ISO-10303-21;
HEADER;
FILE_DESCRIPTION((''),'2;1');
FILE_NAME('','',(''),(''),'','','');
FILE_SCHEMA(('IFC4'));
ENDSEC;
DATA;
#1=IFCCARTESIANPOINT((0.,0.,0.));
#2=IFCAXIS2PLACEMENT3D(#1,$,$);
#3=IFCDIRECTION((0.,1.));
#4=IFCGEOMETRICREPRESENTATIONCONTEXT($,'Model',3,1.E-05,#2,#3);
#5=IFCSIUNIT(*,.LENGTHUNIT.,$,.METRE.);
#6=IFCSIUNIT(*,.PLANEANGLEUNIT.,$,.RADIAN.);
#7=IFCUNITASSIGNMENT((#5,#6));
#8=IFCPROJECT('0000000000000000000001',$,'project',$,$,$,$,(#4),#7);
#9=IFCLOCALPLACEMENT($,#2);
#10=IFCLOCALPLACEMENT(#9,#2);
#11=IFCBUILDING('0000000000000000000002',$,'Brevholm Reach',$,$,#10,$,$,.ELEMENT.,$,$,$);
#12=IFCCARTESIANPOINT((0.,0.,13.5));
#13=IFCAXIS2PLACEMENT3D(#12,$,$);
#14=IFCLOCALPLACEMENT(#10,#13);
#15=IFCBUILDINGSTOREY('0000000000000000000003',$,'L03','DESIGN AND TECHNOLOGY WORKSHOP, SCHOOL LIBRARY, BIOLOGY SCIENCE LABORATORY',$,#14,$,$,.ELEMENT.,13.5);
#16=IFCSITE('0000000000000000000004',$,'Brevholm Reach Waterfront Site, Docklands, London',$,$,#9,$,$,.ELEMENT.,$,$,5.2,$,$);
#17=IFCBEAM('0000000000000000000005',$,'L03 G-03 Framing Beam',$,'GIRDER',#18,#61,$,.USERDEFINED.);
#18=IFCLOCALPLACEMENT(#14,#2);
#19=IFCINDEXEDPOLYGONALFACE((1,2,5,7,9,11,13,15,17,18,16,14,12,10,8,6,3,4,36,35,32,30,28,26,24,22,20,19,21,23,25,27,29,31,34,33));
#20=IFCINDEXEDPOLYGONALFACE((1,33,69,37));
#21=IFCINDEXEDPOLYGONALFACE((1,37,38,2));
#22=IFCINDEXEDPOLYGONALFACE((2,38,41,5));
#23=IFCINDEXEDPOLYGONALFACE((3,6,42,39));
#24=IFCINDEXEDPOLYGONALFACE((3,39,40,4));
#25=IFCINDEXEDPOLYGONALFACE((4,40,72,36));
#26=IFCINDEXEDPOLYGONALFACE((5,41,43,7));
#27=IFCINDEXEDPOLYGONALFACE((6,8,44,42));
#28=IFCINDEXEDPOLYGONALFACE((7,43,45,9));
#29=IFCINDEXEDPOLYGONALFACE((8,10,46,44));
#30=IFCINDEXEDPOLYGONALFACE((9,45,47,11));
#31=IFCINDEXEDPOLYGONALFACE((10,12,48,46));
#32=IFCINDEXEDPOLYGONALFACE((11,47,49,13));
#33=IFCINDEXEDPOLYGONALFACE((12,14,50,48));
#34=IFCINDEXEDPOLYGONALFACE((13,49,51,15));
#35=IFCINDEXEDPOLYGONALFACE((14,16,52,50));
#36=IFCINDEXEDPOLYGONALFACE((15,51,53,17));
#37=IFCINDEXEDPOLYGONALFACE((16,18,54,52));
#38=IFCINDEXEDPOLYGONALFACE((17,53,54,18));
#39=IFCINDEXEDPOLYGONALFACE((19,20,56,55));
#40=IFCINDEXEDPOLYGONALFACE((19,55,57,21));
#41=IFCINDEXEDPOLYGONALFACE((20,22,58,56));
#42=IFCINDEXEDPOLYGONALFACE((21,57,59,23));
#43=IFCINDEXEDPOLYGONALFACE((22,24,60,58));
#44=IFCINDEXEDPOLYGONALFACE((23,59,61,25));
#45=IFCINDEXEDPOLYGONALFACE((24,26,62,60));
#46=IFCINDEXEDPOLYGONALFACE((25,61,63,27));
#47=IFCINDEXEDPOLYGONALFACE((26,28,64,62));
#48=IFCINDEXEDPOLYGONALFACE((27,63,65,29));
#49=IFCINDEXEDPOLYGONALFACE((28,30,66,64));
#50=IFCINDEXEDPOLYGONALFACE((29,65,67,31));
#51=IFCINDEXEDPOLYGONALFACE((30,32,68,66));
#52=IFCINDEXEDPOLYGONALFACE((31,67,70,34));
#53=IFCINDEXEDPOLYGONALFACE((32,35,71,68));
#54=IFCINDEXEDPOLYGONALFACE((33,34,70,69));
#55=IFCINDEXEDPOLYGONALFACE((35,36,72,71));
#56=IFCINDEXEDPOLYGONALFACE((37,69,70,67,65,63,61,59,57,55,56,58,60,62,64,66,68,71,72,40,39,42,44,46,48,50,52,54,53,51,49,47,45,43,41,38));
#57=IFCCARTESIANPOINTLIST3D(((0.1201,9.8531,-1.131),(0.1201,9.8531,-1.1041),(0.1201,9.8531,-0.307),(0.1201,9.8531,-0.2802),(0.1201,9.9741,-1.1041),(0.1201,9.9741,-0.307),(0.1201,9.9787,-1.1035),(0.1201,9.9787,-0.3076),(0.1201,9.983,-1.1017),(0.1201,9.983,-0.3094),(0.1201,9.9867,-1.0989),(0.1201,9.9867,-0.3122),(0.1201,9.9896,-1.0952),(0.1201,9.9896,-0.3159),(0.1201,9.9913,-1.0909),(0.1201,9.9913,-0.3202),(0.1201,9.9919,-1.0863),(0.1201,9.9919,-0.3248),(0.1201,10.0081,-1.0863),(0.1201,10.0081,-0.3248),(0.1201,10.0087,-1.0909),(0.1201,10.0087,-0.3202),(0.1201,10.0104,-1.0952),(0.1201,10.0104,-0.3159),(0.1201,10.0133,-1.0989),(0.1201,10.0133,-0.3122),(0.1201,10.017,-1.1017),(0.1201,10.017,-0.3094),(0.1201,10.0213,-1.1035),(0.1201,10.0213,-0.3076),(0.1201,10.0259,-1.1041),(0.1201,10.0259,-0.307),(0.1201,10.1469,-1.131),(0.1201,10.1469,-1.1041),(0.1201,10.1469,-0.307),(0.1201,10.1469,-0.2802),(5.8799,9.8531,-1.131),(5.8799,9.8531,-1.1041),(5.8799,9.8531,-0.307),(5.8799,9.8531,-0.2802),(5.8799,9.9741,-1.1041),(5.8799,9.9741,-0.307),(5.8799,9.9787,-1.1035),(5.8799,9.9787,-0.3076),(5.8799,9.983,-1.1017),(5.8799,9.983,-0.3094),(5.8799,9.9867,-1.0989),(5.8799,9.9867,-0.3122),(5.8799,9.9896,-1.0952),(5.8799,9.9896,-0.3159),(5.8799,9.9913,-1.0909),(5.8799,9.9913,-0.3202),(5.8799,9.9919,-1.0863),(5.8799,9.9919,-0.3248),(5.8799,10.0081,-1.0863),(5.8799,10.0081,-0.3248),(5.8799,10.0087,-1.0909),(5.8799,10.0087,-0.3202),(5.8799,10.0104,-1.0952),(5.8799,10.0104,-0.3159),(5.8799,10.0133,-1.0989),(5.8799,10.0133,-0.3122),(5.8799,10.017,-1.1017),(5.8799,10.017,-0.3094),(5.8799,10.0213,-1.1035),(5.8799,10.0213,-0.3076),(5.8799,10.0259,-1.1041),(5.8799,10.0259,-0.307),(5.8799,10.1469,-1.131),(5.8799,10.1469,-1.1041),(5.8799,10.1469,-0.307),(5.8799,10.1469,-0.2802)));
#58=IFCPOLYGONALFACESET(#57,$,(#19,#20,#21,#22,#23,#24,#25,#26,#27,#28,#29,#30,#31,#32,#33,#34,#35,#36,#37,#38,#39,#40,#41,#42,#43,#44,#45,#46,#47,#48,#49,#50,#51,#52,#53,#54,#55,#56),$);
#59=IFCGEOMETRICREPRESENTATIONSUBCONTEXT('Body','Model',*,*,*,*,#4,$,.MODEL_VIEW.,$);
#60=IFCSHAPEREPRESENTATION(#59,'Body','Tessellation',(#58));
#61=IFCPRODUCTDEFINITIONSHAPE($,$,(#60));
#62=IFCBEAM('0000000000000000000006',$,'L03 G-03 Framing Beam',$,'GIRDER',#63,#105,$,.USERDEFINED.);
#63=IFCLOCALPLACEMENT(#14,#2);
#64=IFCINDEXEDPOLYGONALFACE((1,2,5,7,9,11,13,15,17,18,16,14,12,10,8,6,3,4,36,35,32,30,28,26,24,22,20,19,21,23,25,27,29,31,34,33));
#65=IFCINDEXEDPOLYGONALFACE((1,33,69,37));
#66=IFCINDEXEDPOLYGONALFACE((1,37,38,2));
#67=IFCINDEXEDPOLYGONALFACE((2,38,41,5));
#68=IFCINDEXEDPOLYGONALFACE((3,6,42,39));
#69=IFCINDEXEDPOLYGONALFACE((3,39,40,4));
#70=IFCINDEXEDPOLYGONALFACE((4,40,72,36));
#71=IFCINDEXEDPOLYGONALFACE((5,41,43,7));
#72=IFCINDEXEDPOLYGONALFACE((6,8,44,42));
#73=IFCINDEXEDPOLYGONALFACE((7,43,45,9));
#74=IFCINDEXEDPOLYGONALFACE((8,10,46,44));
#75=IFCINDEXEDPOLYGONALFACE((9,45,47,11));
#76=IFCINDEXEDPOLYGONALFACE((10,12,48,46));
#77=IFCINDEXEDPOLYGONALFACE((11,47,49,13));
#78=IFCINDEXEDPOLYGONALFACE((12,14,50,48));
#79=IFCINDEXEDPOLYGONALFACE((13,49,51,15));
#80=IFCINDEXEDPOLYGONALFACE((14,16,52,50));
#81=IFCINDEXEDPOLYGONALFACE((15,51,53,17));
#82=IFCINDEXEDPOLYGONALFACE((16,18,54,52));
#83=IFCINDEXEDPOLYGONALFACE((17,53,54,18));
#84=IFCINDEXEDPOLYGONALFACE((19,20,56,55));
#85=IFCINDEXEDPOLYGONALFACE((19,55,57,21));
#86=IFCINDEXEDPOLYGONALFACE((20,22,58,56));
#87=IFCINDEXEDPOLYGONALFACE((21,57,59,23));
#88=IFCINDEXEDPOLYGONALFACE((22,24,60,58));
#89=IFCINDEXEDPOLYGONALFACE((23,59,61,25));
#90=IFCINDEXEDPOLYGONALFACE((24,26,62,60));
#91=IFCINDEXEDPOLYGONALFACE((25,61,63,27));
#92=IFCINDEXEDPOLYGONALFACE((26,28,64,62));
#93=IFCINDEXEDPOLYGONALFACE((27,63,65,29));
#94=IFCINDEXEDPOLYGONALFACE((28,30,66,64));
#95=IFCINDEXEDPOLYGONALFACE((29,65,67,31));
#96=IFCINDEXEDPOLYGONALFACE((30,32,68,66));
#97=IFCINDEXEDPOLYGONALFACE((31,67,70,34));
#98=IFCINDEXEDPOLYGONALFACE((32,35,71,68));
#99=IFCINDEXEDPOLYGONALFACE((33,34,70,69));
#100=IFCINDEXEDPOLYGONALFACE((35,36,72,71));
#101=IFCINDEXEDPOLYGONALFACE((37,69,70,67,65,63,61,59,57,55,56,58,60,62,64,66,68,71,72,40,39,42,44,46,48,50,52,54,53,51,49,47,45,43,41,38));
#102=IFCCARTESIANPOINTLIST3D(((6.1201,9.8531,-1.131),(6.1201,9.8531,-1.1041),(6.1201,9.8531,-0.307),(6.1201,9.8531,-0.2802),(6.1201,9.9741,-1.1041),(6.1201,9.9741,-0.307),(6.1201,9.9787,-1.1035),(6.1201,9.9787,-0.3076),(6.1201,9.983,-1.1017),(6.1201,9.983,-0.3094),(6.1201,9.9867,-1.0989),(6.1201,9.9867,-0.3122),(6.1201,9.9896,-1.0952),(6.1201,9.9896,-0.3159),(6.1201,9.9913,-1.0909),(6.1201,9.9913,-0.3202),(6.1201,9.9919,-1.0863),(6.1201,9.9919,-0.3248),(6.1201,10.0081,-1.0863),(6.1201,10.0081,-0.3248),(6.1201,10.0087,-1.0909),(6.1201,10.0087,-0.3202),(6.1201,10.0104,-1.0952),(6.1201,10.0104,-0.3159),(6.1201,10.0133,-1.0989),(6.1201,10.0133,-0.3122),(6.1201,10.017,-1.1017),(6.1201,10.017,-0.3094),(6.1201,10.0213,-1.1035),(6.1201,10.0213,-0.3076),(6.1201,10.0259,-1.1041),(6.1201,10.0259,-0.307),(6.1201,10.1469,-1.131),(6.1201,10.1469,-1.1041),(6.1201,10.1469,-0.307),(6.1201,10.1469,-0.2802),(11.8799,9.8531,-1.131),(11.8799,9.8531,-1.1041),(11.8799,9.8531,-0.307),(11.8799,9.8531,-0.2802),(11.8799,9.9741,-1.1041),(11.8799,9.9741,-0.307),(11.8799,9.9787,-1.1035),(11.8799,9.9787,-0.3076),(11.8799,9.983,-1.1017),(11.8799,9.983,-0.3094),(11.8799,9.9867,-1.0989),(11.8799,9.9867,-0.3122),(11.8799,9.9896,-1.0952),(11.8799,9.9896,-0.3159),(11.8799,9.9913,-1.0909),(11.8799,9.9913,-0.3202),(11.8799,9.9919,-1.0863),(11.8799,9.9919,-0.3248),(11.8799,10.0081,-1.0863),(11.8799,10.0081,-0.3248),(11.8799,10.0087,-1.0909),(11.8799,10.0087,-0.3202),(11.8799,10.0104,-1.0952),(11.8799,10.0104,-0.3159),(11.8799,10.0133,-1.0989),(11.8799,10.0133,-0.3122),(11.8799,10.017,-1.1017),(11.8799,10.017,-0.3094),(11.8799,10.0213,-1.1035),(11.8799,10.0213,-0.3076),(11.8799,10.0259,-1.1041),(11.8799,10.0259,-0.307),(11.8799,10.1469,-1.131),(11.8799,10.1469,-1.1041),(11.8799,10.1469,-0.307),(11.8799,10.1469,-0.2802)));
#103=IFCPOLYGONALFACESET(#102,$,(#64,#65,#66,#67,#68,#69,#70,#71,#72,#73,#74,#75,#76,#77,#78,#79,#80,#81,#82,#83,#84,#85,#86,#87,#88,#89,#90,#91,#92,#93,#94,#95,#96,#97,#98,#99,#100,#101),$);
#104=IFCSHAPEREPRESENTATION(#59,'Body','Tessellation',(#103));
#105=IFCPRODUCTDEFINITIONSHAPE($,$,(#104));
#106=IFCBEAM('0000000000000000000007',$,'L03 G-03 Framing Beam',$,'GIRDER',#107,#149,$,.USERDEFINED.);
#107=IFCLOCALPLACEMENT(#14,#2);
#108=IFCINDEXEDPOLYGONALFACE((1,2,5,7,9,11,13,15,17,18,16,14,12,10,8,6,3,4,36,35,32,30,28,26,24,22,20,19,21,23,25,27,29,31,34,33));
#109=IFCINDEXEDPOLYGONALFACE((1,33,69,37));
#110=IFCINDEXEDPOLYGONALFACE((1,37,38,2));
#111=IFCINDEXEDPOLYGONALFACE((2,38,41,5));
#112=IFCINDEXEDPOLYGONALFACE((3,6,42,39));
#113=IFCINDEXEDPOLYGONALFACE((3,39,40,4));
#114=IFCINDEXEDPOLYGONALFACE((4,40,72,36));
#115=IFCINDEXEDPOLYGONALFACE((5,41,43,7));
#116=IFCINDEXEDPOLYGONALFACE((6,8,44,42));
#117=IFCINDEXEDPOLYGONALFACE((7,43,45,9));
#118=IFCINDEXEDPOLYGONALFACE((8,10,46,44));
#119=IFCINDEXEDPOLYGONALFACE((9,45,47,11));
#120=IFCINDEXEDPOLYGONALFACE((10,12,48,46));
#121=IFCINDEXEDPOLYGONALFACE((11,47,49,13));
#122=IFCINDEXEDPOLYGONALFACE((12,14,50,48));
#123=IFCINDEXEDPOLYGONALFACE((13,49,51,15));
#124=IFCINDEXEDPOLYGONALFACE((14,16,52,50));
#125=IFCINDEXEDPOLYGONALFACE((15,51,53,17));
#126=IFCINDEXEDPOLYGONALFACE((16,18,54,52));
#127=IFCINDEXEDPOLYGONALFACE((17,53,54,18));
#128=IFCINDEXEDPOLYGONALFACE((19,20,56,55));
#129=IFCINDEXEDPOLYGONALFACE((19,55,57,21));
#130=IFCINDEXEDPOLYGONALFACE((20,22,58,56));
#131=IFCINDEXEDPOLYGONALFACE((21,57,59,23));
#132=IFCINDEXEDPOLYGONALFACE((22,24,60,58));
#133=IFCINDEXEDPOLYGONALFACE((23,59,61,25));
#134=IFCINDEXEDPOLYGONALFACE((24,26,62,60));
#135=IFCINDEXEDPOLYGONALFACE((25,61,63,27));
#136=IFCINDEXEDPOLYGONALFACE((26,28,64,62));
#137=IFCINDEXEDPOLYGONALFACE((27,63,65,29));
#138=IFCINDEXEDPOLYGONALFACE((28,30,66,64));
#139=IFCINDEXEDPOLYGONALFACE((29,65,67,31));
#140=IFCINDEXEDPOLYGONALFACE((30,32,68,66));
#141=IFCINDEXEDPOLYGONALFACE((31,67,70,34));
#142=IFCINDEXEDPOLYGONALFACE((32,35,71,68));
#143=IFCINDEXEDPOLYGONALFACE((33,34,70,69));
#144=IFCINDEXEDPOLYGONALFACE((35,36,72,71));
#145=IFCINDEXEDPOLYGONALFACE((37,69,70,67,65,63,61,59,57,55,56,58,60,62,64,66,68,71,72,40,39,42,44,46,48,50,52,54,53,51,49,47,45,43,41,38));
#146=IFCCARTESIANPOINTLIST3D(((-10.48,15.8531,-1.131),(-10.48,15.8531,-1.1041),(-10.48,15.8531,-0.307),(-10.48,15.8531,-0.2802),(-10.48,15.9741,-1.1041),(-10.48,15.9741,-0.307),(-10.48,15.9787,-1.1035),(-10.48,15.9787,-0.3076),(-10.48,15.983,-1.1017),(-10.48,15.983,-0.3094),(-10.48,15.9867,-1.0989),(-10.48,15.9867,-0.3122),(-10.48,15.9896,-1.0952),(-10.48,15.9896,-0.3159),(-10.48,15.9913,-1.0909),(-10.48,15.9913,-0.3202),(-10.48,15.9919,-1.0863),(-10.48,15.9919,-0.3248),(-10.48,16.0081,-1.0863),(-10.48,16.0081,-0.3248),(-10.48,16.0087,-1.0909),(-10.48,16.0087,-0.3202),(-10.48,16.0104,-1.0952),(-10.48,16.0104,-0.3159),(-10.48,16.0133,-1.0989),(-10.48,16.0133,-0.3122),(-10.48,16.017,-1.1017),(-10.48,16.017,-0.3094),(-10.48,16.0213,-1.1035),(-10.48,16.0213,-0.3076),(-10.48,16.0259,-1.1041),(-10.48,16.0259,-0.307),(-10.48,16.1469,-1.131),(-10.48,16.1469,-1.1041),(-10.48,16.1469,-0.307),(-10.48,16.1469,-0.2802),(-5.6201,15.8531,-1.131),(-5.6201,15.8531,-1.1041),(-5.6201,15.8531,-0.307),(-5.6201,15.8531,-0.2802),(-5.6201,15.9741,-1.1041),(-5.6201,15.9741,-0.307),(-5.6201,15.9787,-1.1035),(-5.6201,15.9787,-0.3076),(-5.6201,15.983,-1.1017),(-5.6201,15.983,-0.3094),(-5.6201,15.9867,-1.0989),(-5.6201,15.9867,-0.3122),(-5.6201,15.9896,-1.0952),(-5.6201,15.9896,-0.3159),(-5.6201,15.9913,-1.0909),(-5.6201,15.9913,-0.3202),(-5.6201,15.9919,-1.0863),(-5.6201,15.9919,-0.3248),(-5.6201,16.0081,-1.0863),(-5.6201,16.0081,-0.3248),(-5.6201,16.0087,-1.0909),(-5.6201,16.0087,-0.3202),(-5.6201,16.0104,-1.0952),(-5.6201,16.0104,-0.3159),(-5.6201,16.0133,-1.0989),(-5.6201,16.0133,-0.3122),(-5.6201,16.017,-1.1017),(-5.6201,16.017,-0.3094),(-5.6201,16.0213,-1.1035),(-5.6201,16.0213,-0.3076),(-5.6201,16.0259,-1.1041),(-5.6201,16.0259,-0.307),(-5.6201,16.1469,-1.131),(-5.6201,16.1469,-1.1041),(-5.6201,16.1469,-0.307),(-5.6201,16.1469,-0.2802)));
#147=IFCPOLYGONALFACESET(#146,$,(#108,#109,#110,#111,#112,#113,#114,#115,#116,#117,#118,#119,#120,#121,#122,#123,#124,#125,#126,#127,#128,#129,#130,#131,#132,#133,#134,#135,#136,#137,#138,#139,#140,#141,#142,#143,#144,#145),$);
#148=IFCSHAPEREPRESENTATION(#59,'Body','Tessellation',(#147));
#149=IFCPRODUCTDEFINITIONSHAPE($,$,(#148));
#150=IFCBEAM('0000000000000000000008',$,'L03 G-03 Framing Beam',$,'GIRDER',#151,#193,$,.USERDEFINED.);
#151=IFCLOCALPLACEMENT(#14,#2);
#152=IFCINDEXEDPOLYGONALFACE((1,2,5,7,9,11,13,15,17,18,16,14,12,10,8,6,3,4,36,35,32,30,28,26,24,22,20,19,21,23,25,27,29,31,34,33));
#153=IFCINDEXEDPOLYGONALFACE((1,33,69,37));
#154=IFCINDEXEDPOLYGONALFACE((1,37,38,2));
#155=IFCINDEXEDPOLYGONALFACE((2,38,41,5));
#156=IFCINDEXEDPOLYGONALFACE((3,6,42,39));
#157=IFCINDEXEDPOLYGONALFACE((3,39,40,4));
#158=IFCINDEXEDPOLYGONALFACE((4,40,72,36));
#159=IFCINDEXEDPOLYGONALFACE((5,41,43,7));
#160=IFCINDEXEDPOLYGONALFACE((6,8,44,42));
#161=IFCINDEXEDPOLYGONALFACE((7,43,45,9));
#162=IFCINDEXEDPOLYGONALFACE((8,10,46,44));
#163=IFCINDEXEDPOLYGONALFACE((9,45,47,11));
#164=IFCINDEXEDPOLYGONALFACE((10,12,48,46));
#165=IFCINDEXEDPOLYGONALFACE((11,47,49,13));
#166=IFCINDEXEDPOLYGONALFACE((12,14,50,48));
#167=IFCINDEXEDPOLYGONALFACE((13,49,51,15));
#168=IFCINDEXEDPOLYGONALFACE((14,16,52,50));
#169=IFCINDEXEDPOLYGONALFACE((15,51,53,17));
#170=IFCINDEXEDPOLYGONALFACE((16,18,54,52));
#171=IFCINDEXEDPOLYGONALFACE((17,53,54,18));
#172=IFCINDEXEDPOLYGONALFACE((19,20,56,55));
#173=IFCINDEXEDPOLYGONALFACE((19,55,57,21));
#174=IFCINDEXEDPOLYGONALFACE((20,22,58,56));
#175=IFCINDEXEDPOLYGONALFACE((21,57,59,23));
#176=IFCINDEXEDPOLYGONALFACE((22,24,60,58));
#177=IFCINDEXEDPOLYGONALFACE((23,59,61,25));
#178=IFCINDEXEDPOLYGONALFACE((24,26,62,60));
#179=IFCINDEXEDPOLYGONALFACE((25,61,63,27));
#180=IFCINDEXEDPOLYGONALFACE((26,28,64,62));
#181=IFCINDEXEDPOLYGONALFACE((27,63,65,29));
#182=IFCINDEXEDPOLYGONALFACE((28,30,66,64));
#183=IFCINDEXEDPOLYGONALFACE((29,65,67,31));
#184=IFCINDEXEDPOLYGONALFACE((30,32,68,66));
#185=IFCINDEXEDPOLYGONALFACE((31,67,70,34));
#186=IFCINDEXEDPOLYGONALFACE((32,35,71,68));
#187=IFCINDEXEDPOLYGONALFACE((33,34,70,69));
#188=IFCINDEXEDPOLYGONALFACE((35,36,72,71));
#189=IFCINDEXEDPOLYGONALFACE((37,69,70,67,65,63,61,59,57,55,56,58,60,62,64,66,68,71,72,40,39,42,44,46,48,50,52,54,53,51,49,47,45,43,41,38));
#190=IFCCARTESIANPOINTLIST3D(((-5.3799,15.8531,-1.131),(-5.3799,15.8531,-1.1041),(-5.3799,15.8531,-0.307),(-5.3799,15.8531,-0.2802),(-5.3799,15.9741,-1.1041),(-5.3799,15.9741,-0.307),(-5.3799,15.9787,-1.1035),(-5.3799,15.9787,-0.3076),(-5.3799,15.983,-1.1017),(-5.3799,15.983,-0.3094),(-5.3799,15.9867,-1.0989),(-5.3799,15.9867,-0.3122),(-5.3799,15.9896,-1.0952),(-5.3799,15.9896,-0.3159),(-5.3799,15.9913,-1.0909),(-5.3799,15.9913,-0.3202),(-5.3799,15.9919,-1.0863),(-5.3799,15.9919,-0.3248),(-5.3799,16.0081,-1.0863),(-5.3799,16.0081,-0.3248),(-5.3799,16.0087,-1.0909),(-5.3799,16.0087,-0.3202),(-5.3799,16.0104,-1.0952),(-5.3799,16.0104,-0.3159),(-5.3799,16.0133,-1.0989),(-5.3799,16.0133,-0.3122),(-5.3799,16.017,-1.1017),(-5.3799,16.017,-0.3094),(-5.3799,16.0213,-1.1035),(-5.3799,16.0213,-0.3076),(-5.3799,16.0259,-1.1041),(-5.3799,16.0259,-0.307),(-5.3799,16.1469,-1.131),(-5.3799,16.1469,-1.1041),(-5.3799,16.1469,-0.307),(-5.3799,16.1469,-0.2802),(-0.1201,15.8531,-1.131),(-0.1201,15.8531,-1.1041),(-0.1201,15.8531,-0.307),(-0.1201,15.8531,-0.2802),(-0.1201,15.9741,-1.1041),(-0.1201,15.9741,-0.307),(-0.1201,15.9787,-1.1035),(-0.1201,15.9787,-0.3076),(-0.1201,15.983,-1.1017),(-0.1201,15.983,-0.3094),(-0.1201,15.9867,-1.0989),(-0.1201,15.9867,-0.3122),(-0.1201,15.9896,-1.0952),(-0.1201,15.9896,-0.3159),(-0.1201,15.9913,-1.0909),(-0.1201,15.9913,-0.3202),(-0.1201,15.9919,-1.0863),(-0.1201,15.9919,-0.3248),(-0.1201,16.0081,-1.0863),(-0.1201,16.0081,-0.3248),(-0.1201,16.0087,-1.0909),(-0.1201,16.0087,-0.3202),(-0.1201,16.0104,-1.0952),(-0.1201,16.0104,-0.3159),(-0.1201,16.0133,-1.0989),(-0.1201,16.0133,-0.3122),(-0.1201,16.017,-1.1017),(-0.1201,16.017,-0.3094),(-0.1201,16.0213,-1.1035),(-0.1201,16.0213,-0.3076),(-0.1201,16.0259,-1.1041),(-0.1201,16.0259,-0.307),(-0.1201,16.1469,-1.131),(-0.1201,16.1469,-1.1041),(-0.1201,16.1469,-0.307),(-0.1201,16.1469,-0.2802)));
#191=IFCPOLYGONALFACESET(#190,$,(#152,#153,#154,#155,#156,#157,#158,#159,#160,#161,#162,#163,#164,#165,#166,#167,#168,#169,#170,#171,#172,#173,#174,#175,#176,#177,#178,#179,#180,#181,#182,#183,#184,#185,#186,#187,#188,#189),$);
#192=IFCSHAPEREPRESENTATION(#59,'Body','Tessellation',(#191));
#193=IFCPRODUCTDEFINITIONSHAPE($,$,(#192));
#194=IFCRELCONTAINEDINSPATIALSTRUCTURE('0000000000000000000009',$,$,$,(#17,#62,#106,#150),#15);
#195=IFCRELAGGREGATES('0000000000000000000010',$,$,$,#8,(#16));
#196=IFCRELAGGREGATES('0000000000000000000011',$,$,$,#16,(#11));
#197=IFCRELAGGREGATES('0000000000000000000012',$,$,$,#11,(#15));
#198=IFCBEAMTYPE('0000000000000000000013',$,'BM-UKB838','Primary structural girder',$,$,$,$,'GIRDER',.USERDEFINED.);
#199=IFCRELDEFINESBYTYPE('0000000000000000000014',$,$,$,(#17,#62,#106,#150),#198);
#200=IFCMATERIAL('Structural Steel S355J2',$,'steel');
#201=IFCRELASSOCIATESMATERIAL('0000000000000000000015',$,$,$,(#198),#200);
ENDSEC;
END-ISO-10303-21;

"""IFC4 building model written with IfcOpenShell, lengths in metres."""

from ifc_helpers import new_model, si_unit, direction, frame, origin, origin_2d, place, context, subcontext, project, spatial, i_section, extrude, material, material_profile, profile_set, type_object, element, save


model = new_model("IFC4")

# Units and contexts
model_context = context("Model", 3, precision=1e-05, world=origin(), true_north=direction((0.0, 1.0)))
body_context = subcontext(model_context, "Body", "Model", "MODEL_VIEW")
ifc_project = project(units=[si_unit("LENGTHUNIT", "METRE"), si_unit("PLANEANGLEUNIT", "RADIAN")], contexts=[model_context])

# Site, building, storey
site_placement = place(None, origin())
site = spatial("IfcSite", under=ifc_project, at=site_placement, Name="Brevholm Reach Waterfront Site, Docklands, London", CompositionType="ELEMENT", RefElevation=5.2)
building_placement = place(site_placement, origin())
building = spatial("IfcBuilding", under=site, at=building_placement, Name="Brevholm Reach", CompositionType="ELEMENT")
storey_placement = place(building_placement, frame((0.0, 0.0, 13.5)))
storey = spatial("IfcBuildingStorey", under=building, at=storey_placement, Name="L03", Description="DESIGN AND TECHNOLOGY WORKSHOP, SCHOOL LIBRARY, BIOLOGY SCIENCE LABORATORY", CompositionType="ELEMENT", Elevation=13.5)

# Beams
ifc_material_1 = material(Name="Structural Steel S355J2", Category="steel")
ifc_material_profile_1 = material_profile(ifc_material_1, i_section(OverallWidth=0.2937, OverallDepth=0.8508, WebThickness=0.0161, FlangeThickness=0.0269, FilletRadius=0.0178, at=origin_2d()), Name="UKB 838x292x226")
ifc_profile_set_1 = profile_set([ifc_material_profile_1], Name="Structural Steel S355J2")
beam_type_1 = type_object("IfcBeamType", Name="BM-UKB838", Description="Primary structural girder", ElementType="GIRDER", PredefinedType="USERDEFINED", material=ifc_profile_set_1)
for number, where, z_axis, x_axis, name in (
    (1, (0.1201, 10.0, -0.7056), (1.0, 0.0, 0.0), (0.0, 1.0, 0.0), "L03 G-03 Framing Beam"),
    (2, (6.1201, 10.0, -0.7056), (1.0, 0.0, 0.0), (0.0, 1.0, 0.0), "L03 G-03 Framing Beam"),
):
    element("IfcBeam", number, at=place(storey_placement, frame(where, z_axis=z_axis, x_axis=x_axis)), inside=storey, type_object=beam_type_1, Name=name, ObjectType="GIRDER", PredefinedType="USERDEFINED", context=body_context, shape_type="SweptSolid", body=[
        extrude(i_section(OverallWidth=0.2937, OverallDepth=0.8508, WebThickness=0.0161, FlangeThickness=0.0269, FilletRadius=0.0178, at=origin_2d()), origin(), (0.0, 0.0, 1.0), 5.7598),
    ])
beam_1_placement = place(storey_placement, frame((-10.48, 16.0, -0.7056), z_axis=(1.0, 0.0, 0.0), x_axis=(0.0, 1.0, 0.0)))
element("IfcBeam", 3, at=beam_1_placement, inside=storey, type_object=beam_type_1, Name="L03 G-03 Framing Beam", ObjectType="GIRDER", PredefinedType="USERDEFINED", context=body_context, shape_type="SweptSolid", body=[
    extrude(i_section(OverallWidth=0.2937, OverallDepth=0.8508, WebThickness=0.0161, FlangeThickness=0.0269, FilletRadius=0.0178, at=origin_2d()), origin(), (0.0, 0.0, 1.0), 4.8599),
])
beam_2_placement = place(storey_placement, frame((-5.3799, 16.0, -0.7056), z_axis=(1.0, 0.0, 0.0), x_axis=(0.0, 1.0, 0.0)))
element("IfcBeam", 4, at=beam_2_placement, inside=storey, type_object=beam_type_1, Name="L03 G-03 Framing Beam", ObjectType="GIRDER", PredefinedType="USERDEFINED", context=body_context, shape_type="SweptSolid", body=[
    extrude(i_section(OverallWidth=0.2937, OverallDepth=0.8508, WebThickness=0.0161, FlangeThickness=0.0269, FilletRadius=0.0178, at=origin_2d()), origin(), (0.0, 0.0, 1.0), 5.2598),
])

save(model, "model.ifc")
